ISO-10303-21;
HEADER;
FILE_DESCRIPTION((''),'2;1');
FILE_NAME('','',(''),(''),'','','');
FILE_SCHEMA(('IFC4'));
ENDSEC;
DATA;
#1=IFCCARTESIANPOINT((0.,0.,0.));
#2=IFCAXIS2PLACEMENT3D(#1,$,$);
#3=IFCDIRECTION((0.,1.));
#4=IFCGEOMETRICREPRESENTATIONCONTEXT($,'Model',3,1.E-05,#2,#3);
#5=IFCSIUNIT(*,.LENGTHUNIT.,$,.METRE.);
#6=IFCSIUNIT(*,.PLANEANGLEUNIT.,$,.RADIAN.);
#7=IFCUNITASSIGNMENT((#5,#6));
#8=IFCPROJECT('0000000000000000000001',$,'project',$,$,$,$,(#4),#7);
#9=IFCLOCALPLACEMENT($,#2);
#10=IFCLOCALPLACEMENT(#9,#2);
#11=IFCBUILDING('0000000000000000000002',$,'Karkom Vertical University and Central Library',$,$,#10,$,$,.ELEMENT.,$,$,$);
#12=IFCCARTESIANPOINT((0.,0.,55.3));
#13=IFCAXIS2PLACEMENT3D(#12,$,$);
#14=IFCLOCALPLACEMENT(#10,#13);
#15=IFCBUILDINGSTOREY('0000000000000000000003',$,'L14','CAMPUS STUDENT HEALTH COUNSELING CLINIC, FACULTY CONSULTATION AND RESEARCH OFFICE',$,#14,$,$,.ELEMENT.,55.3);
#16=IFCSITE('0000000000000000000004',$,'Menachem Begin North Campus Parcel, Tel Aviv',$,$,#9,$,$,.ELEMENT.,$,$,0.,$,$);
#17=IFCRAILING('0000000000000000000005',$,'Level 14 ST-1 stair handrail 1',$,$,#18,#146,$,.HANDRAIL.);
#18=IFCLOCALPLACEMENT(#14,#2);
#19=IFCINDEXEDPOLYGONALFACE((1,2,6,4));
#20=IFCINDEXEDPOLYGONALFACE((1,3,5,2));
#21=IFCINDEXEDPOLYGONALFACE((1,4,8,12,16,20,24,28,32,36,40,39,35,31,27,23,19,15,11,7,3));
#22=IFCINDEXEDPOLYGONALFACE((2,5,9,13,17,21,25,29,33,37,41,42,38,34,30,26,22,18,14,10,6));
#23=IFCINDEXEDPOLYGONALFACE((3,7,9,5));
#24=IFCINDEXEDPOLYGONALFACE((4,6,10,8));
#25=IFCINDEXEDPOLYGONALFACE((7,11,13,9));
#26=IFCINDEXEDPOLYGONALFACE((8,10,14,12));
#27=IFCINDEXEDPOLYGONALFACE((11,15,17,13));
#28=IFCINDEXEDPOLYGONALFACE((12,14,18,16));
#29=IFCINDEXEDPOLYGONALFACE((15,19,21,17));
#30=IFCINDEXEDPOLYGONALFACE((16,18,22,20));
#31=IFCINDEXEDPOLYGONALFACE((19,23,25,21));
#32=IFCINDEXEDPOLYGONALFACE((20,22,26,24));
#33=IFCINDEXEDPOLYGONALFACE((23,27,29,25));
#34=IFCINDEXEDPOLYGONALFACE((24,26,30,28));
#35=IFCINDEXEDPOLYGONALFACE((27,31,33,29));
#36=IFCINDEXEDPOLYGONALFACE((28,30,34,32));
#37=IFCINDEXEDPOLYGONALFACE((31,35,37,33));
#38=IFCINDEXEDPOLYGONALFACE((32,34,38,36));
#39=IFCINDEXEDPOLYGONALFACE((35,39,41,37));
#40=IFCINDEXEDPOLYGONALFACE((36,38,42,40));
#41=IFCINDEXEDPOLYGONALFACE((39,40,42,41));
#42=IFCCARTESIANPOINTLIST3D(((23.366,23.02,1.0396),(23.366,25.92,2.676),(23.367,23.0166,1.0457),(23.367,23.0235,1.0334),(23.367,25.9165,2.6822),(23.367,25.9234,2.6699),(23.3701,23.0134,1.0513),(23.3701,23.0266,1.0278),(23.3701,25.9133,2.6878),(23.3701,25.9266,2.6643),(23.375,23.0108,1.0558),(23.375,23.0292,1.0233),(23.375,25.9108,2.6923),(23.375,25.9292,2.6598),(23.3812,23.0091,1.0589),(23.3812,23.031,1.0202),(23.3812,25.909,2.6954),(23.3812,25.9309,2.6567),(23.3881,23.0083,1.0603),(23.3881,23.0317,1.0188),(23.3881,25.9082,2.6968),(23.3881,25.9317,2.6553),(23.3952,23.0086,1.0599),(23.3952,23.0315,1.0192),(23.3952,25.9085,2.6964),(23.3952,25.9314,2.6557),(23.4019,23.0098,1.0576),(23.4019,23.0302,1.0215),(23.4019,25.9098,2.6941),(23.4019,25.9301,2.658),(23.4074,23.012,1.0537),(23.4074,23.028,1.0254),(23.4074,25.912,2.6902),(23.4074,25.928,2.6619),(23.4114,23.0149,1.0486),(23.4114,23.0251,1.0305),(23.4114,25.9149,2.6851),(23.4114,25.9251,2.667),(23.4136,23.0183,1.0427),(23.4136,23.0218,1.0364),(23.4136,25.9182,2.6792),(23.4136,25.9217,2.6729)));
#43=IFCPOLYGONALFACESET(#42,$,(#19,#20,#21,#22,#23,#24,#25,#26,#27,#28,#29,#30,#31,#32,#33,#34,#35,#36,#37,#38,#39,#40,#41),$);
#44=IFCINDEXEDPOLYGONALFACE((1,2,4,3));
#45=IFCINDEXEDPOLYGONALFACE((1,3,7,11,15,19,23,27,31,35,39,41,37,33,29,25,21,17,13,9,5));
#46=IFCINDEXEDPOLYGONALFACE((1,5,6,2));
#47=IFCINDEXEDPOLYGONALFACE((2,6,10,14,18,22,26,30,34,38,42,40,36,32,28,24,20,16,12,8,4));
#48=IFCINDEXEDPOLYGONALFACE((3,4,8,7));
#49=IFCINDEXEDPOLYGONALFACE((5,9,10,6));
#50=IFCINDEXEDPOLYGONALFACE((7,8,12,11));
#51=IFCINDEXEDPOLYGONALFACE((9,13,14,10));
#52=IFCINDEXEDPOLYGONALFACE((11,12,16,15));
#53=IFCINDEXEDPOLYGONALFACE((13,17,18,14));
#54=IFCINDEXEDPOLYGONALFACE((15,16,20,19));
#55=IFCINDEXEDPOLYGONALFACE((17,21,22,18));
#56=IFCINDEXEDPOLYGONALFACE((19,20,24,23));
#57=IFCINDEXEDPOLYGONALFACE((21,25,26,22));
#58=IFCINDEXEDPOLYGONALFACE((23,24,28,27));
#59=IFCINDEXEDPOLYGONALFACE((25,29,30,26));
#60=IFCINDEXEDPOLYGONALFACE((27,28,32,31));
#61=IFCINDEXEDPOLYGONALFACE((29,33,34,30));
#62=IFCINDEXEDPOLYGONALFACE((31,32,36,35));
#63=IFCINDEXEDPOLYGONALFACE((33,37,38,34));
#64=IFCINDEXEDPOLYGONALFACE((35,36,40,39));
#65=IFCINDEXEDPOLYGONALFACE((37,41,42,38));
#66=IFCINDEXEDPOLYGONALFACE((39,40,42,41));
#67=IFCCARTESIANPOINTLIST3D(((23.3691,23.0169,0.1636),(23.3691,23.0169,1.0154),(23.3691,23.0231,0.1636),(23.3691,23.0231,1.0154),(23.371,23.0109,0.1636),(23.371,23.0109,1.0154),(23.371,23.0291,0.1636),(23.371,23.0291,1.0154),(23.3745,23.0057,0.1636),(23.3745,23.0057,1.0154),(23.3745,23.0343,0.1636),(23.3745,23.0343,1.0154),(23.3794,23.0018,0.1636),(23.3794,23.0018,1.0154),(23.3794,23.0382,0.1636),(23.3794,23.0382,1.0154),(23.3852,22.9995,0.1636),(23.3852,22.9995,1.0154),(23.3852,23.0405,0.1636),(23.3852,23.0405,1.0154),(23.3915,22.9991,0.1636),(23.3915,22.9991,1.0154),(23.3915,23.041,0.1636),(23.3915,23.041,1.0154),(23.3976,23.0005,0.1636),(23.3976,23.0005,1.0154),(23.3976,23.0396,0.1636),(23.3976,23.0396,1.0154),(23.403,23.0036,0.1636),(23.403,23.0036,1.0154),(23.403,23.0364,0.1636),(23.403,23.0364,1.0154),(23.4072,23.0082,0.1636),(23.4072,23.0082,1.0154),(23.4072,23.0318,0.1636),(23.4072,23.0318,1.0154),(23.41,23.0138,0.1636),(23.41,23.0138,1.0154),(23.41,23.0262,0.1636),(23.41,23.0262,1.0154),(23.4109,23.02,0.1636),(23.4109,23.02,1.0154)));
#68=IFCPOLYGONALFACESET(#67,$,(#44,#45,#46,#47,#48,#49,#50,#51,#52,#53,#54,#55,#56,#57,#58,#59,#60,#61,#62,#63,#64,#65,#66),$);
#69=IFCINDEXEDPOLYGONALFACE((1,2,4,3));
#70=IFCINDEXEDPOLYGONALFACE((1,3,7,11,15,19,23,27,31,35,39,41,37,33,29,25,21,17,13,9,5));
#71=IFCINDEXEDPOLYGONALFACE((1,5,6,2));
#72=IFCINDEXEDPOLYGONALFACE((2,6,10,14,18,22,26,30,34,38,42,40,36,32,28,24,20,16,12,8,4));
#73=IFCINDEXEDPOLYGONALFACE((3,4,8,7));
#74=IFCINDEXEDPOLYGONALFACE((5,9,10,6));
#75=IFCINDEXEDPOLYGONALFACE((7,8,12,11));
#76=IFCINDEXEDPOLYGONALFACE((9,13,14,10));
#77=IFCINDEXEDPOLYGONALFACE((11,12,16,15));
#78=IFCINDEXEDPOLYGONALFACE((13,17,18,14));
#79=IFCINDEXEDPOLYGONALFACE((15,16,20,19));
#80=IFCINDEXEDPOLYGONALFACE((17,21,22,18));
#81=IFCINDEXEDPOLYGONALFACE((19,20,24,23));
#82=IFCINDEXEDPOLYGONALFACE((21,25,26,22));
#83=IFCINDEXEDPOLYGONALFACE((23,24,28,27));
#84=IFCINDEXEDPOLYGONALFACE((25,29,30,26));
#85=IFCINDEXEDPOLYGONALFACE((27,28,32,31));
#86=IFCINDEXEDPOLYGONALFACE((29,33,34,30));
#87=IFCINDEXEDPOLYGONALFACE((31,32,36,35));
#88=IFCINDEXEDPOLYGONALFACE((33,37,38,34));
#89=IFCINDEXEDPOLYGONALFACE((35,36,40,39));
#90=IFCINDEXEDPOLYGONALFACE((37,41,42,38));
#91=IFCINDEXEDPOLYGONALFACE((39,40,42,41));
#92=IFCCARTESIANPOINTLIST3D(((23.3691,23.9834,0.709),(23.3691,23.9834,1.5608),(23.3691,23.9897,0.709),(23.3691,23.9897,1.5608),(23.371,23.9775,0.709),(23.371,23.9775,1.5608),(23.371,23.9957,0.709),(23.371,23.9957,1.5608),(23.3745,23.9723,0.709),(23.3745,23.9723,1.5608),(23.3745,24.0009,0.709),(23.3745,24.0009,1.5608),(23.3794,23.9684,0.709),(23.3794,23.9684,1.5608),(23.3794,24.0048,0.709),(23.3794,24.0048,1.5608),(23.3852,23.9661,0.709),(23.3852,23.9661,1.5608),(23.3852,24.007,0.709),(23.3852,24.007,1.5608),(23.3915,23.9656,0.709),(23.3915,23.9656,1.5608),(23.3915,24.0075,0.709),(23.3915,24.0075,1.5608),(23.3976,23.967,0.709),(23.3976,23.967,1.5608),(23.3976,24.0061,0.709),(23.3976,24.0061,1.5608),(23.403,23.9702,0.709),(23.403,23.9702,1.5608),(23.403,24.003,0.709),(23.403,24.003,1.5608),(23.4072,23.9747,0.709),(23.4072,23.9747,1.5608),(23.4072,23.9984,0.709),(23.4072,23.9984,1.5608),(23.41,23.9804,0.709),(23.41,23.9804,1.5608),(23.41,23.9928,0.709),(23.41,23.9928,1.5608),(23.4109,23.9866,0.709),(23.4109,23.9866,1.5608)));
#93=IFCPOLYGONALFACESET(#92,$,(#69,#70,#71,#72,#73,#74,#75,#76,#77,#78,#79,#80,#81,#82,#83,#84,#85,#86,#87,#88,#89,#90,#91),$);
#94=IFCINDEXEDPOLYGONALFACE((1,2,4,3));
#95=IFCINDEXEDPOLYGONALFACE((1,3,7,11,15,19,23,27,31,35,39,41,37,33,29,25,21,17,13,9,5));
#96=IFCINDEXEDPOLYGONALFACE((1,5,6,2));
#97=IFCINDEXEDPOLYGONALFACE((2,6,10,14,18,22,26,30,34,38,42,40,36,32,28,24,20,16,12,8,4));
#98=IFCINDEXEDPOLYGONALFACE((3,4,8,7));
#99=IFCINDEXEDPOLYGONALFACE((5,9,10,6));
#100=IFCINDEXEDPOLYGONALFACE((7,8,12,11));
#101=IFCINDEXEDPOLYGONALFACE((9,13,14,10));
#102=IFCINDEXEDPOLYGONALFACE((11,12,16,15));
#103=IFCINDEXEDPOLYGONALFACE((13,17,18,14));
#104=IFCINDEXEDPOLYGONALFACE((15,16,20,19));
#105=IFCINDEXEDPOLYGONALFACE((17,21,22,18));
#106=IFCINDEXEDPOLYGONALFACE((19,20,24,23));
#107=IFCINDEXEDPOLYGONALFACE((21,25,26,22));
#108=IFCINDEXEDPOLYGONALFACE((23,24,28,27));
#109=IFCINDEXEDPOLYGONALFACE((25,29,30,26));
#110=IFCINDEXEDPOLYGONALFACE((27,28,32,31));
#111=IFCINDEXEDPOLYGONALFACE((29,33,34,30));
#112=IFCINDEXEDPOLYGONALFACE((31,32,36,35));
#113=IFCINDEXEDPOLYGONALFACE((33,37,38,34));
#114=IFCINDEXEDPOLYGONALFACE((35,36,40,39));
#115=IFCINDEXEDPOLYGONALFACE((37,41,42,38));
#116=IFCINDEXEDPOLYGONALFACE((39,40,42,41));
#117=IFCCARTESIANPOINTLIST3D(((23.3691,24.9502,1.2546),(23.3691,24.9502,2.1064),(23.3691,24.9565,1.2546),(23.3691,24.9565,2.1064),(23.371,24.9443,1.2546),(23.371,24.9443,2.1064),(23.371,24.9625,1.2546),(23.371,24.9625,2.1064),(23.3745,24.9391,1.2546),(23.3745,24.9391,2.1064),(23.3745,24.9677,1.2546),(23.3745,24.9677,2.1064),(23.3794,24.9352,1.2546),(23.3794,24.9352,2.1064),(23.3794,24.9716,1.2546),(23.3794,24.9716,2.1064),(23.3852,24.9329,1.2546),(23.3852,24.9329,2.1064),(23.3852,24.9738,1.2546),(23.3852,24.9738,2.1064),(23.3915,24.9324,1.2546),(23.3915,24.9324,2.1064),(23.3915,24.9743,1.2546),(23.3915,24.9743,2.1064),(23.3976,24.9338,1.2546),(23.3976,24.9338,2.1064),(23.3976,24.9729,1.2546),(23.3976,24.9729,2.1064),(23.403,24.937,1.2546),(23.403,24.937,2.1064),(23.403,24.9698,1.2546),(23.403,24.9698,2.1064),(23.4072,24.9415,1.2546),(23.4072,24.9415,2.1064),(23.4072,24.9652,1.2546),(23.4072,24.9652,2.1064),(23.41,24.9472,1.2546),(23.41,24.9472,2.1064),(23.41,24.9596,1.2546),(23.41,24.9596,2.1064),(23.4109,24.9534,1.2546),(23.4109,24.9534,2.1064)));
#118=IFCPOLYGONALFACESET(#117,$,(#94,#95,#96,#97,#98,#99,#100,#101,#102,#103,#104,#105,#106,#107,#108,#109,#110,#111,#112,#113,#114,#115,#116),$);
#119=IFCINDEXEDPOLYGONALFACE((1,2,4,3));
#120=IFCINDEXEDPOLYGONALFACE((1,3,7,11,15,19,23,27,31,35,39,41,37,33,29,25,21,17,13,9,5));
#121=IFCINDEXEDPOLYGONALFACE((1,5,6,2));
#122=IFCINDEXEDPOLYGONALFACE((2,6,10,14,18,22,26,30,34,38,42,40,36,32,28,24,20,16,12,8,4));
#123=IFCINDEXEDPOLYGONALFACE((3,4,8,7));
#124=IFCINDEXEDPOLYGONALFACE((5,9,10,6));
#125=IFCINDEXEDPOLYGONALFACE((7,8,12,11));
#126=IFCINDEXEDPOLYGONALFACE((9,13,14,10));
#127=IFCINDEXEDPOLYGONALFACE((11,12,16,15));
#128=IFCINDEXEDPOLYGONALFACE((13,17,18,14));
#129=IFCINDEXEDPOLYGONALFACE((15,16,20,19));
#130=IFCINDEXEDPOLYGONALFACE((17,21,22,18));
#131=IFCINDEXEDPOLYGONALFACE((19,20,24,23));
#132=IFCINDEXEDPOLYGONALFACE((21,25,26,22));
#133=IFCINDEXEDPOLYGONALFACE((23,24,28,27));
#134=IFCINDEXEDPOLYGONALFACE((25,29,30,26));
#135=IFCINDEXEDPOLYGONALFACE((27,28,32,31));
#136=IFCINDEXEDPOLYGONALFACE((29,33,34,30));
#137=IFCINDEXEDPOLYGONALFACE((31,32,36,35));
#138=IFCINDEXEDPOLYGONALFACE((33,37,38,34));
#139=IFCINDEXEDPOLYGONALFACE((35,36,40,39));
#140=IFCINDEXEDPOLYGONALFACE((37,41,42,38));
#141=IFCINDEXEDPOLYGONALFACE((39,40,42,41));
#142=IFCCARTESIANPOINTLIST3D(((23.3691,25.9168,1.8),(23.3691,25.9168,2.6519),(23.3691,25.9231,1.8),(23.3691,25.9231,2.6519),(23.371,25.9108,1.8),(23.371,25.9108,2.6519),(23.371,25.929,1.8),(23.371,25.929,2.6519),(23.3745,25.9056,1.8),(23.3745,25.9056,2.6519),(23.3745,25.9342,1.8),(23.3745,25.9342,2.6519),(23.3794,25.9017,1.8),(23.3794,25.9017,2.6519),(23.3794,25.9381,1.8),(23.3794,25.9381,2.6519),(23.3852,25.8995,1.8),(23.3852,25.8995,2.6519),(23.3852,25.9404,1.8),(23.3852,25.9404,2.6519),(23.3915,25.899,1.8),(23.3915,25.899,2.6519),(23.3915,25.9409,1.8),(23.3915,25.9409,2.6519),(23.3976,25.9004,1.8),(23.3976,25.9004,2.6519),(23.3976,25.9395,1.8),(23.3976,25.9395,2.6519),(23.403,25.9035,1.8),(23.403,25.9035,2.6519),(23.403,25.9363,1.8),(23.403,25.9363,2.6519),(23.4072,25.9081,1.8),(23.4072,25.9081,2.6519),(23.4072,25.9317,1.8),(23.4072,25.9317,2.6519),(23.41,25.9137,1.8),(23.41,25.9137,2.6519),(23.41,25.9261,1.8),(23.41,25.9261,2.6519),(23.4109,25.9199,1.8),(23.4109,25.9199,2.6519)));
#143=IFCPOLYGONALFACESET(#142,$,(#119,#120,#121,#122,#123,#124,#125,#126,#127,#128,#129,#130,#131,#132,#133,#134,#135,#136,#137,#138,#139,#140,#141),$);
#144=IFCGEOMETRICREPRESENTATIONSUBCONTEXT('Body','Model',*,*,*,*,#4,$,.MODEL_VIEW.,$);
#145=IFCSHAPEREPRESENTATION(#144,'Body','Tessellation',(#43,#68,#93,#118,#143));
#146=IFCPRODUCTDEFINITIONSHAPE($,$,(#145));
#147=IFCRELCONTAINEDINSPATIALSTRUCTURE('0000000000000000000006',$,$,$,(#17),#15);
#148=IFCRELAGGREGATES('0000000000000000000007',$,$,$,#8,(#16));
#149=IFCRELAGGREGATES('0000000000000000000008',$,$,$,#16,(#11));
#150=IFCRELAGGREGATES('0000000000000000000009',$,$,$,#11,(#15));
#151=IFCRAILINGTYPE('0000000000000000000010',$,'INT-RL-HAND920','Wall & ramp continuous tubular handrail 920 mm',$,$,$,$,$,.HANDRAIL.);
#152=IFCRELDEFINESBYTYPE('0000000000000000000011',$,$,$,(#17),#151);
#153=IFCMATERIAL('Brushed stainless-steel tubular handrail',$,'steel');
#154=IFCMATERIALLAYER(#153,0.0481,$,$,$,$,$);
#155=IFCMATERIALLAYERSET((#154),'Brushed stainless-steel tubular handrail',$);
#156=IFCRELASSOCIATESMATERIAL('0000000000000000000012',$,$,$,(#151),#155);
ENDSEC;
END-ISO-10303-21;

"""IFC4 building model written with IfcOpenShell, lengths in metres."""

from ifc_helpers import new_model, si_unit, direction, frame, origin, origin_2d, place, context, subcontext, project, spatial, circle, extrude, material, layer, layer_set, type_object, element, save


model = new_model("IFC4")

# Units and contexts
model_context = context("Model", 3, precision=1e-05, world=origin(), true_north=direction((0.0, 1.0)))
body_context = subcontext(model_context, "Body", "Model", "MODEL_VIEW")
ifc_project = project(units=[si_unit("LENGTHUNIT", "METRE"), si_unit("PLANEANGLEUNIT", "RADIAN")], contexts=[model_context])

# Site, building, storey
site_placement = place(None, origin())
site = spatial("IfcSite", under=ifc_project, at=site_placement, Name="Menachem Begin North Campus Parcel, Tel Aviv", CompositionType="ELEMENT", RefElevation=0.0)
building_placement = place(site_placement, origin())
building = spatial("IfcBuilding", under=site, at=building_placement, Name="Karkom Vertical University and Central Library", CompositionType="ELEMENT")
storey_placement = place(building_placement, frame((0.0, 0.0, 55.3)))
storey = spatial("IfcBuildingStorey", under=building, at=storey_placement, Name="L14", Description="CAMPUS STUDENT HEALTH COUNSELING CLINIC, FACULTY CONSULTATION AND RESEARCH OFFICE", CompositionType="ELEMENT", Elevation=55.3)

# Railing
ifc_material_1 = material(Name="Brushed stainless-steel tubular handrail", Category="steel")
ifc_layer_1 = layer(ifc_material_1, 0.0481)
ifc_layer_set_1 = layer_set([ifc_layer_1], Name="Brushed stainless-steel tubular handrail")
railing_type_1 = type_object("IfcRailingType", Name="INT-RL-HAND920", Description="Wall & ramp continuous tubular handrail 920 mm", PredefinedType="HANDRAIL", material=ifc_layer_set_1)
railing_1_placement = place(storey_placement, frame((23.3899, 23.02, 0.1636)))
element("IfcRailing", 1, at=railing_1_placement, inside=storey, type_object=railing_type_1, Name="Level 14 ST-1 stair handrail 1", PredefinedType="HANDRAIL", context=body_context, shape_type="SweptSolid", body=[
    extrude(circle(Radius=0.0239, at=origin_2d()), frame((0.0, 0.0, 0.876), z_axis=(0.0, 0.870897, 0.491465), x_axis=(-1.0, 0.0, 0.0)), (0.0, 0.0, 1.0), 3.3298),
    extrude(circle(Radius=0.021, at=origin_2d()), origin(), (0.0, 0.0, 1.0), 0.8518),
    extrude(circle(Radius=0.021, at=origin_2d()), frame((0.0, 0.9666, 0.5454)), (0.0, 0.0, 1.0), 0.8518),
    extrude(circle(Radius=0.021, at=origin_2d()), frame((0.0, 1.9333, 1.0911)), (0.0, 0.0, 1.0), 0.8518),
    extrude(circle(Radius=0.021, at=origin_2d()), frame((0.0, 2.8999, 1.6365)), (0.0, 0.0, 1.0), 0.8518),
])

save(model, "model.ifc")
